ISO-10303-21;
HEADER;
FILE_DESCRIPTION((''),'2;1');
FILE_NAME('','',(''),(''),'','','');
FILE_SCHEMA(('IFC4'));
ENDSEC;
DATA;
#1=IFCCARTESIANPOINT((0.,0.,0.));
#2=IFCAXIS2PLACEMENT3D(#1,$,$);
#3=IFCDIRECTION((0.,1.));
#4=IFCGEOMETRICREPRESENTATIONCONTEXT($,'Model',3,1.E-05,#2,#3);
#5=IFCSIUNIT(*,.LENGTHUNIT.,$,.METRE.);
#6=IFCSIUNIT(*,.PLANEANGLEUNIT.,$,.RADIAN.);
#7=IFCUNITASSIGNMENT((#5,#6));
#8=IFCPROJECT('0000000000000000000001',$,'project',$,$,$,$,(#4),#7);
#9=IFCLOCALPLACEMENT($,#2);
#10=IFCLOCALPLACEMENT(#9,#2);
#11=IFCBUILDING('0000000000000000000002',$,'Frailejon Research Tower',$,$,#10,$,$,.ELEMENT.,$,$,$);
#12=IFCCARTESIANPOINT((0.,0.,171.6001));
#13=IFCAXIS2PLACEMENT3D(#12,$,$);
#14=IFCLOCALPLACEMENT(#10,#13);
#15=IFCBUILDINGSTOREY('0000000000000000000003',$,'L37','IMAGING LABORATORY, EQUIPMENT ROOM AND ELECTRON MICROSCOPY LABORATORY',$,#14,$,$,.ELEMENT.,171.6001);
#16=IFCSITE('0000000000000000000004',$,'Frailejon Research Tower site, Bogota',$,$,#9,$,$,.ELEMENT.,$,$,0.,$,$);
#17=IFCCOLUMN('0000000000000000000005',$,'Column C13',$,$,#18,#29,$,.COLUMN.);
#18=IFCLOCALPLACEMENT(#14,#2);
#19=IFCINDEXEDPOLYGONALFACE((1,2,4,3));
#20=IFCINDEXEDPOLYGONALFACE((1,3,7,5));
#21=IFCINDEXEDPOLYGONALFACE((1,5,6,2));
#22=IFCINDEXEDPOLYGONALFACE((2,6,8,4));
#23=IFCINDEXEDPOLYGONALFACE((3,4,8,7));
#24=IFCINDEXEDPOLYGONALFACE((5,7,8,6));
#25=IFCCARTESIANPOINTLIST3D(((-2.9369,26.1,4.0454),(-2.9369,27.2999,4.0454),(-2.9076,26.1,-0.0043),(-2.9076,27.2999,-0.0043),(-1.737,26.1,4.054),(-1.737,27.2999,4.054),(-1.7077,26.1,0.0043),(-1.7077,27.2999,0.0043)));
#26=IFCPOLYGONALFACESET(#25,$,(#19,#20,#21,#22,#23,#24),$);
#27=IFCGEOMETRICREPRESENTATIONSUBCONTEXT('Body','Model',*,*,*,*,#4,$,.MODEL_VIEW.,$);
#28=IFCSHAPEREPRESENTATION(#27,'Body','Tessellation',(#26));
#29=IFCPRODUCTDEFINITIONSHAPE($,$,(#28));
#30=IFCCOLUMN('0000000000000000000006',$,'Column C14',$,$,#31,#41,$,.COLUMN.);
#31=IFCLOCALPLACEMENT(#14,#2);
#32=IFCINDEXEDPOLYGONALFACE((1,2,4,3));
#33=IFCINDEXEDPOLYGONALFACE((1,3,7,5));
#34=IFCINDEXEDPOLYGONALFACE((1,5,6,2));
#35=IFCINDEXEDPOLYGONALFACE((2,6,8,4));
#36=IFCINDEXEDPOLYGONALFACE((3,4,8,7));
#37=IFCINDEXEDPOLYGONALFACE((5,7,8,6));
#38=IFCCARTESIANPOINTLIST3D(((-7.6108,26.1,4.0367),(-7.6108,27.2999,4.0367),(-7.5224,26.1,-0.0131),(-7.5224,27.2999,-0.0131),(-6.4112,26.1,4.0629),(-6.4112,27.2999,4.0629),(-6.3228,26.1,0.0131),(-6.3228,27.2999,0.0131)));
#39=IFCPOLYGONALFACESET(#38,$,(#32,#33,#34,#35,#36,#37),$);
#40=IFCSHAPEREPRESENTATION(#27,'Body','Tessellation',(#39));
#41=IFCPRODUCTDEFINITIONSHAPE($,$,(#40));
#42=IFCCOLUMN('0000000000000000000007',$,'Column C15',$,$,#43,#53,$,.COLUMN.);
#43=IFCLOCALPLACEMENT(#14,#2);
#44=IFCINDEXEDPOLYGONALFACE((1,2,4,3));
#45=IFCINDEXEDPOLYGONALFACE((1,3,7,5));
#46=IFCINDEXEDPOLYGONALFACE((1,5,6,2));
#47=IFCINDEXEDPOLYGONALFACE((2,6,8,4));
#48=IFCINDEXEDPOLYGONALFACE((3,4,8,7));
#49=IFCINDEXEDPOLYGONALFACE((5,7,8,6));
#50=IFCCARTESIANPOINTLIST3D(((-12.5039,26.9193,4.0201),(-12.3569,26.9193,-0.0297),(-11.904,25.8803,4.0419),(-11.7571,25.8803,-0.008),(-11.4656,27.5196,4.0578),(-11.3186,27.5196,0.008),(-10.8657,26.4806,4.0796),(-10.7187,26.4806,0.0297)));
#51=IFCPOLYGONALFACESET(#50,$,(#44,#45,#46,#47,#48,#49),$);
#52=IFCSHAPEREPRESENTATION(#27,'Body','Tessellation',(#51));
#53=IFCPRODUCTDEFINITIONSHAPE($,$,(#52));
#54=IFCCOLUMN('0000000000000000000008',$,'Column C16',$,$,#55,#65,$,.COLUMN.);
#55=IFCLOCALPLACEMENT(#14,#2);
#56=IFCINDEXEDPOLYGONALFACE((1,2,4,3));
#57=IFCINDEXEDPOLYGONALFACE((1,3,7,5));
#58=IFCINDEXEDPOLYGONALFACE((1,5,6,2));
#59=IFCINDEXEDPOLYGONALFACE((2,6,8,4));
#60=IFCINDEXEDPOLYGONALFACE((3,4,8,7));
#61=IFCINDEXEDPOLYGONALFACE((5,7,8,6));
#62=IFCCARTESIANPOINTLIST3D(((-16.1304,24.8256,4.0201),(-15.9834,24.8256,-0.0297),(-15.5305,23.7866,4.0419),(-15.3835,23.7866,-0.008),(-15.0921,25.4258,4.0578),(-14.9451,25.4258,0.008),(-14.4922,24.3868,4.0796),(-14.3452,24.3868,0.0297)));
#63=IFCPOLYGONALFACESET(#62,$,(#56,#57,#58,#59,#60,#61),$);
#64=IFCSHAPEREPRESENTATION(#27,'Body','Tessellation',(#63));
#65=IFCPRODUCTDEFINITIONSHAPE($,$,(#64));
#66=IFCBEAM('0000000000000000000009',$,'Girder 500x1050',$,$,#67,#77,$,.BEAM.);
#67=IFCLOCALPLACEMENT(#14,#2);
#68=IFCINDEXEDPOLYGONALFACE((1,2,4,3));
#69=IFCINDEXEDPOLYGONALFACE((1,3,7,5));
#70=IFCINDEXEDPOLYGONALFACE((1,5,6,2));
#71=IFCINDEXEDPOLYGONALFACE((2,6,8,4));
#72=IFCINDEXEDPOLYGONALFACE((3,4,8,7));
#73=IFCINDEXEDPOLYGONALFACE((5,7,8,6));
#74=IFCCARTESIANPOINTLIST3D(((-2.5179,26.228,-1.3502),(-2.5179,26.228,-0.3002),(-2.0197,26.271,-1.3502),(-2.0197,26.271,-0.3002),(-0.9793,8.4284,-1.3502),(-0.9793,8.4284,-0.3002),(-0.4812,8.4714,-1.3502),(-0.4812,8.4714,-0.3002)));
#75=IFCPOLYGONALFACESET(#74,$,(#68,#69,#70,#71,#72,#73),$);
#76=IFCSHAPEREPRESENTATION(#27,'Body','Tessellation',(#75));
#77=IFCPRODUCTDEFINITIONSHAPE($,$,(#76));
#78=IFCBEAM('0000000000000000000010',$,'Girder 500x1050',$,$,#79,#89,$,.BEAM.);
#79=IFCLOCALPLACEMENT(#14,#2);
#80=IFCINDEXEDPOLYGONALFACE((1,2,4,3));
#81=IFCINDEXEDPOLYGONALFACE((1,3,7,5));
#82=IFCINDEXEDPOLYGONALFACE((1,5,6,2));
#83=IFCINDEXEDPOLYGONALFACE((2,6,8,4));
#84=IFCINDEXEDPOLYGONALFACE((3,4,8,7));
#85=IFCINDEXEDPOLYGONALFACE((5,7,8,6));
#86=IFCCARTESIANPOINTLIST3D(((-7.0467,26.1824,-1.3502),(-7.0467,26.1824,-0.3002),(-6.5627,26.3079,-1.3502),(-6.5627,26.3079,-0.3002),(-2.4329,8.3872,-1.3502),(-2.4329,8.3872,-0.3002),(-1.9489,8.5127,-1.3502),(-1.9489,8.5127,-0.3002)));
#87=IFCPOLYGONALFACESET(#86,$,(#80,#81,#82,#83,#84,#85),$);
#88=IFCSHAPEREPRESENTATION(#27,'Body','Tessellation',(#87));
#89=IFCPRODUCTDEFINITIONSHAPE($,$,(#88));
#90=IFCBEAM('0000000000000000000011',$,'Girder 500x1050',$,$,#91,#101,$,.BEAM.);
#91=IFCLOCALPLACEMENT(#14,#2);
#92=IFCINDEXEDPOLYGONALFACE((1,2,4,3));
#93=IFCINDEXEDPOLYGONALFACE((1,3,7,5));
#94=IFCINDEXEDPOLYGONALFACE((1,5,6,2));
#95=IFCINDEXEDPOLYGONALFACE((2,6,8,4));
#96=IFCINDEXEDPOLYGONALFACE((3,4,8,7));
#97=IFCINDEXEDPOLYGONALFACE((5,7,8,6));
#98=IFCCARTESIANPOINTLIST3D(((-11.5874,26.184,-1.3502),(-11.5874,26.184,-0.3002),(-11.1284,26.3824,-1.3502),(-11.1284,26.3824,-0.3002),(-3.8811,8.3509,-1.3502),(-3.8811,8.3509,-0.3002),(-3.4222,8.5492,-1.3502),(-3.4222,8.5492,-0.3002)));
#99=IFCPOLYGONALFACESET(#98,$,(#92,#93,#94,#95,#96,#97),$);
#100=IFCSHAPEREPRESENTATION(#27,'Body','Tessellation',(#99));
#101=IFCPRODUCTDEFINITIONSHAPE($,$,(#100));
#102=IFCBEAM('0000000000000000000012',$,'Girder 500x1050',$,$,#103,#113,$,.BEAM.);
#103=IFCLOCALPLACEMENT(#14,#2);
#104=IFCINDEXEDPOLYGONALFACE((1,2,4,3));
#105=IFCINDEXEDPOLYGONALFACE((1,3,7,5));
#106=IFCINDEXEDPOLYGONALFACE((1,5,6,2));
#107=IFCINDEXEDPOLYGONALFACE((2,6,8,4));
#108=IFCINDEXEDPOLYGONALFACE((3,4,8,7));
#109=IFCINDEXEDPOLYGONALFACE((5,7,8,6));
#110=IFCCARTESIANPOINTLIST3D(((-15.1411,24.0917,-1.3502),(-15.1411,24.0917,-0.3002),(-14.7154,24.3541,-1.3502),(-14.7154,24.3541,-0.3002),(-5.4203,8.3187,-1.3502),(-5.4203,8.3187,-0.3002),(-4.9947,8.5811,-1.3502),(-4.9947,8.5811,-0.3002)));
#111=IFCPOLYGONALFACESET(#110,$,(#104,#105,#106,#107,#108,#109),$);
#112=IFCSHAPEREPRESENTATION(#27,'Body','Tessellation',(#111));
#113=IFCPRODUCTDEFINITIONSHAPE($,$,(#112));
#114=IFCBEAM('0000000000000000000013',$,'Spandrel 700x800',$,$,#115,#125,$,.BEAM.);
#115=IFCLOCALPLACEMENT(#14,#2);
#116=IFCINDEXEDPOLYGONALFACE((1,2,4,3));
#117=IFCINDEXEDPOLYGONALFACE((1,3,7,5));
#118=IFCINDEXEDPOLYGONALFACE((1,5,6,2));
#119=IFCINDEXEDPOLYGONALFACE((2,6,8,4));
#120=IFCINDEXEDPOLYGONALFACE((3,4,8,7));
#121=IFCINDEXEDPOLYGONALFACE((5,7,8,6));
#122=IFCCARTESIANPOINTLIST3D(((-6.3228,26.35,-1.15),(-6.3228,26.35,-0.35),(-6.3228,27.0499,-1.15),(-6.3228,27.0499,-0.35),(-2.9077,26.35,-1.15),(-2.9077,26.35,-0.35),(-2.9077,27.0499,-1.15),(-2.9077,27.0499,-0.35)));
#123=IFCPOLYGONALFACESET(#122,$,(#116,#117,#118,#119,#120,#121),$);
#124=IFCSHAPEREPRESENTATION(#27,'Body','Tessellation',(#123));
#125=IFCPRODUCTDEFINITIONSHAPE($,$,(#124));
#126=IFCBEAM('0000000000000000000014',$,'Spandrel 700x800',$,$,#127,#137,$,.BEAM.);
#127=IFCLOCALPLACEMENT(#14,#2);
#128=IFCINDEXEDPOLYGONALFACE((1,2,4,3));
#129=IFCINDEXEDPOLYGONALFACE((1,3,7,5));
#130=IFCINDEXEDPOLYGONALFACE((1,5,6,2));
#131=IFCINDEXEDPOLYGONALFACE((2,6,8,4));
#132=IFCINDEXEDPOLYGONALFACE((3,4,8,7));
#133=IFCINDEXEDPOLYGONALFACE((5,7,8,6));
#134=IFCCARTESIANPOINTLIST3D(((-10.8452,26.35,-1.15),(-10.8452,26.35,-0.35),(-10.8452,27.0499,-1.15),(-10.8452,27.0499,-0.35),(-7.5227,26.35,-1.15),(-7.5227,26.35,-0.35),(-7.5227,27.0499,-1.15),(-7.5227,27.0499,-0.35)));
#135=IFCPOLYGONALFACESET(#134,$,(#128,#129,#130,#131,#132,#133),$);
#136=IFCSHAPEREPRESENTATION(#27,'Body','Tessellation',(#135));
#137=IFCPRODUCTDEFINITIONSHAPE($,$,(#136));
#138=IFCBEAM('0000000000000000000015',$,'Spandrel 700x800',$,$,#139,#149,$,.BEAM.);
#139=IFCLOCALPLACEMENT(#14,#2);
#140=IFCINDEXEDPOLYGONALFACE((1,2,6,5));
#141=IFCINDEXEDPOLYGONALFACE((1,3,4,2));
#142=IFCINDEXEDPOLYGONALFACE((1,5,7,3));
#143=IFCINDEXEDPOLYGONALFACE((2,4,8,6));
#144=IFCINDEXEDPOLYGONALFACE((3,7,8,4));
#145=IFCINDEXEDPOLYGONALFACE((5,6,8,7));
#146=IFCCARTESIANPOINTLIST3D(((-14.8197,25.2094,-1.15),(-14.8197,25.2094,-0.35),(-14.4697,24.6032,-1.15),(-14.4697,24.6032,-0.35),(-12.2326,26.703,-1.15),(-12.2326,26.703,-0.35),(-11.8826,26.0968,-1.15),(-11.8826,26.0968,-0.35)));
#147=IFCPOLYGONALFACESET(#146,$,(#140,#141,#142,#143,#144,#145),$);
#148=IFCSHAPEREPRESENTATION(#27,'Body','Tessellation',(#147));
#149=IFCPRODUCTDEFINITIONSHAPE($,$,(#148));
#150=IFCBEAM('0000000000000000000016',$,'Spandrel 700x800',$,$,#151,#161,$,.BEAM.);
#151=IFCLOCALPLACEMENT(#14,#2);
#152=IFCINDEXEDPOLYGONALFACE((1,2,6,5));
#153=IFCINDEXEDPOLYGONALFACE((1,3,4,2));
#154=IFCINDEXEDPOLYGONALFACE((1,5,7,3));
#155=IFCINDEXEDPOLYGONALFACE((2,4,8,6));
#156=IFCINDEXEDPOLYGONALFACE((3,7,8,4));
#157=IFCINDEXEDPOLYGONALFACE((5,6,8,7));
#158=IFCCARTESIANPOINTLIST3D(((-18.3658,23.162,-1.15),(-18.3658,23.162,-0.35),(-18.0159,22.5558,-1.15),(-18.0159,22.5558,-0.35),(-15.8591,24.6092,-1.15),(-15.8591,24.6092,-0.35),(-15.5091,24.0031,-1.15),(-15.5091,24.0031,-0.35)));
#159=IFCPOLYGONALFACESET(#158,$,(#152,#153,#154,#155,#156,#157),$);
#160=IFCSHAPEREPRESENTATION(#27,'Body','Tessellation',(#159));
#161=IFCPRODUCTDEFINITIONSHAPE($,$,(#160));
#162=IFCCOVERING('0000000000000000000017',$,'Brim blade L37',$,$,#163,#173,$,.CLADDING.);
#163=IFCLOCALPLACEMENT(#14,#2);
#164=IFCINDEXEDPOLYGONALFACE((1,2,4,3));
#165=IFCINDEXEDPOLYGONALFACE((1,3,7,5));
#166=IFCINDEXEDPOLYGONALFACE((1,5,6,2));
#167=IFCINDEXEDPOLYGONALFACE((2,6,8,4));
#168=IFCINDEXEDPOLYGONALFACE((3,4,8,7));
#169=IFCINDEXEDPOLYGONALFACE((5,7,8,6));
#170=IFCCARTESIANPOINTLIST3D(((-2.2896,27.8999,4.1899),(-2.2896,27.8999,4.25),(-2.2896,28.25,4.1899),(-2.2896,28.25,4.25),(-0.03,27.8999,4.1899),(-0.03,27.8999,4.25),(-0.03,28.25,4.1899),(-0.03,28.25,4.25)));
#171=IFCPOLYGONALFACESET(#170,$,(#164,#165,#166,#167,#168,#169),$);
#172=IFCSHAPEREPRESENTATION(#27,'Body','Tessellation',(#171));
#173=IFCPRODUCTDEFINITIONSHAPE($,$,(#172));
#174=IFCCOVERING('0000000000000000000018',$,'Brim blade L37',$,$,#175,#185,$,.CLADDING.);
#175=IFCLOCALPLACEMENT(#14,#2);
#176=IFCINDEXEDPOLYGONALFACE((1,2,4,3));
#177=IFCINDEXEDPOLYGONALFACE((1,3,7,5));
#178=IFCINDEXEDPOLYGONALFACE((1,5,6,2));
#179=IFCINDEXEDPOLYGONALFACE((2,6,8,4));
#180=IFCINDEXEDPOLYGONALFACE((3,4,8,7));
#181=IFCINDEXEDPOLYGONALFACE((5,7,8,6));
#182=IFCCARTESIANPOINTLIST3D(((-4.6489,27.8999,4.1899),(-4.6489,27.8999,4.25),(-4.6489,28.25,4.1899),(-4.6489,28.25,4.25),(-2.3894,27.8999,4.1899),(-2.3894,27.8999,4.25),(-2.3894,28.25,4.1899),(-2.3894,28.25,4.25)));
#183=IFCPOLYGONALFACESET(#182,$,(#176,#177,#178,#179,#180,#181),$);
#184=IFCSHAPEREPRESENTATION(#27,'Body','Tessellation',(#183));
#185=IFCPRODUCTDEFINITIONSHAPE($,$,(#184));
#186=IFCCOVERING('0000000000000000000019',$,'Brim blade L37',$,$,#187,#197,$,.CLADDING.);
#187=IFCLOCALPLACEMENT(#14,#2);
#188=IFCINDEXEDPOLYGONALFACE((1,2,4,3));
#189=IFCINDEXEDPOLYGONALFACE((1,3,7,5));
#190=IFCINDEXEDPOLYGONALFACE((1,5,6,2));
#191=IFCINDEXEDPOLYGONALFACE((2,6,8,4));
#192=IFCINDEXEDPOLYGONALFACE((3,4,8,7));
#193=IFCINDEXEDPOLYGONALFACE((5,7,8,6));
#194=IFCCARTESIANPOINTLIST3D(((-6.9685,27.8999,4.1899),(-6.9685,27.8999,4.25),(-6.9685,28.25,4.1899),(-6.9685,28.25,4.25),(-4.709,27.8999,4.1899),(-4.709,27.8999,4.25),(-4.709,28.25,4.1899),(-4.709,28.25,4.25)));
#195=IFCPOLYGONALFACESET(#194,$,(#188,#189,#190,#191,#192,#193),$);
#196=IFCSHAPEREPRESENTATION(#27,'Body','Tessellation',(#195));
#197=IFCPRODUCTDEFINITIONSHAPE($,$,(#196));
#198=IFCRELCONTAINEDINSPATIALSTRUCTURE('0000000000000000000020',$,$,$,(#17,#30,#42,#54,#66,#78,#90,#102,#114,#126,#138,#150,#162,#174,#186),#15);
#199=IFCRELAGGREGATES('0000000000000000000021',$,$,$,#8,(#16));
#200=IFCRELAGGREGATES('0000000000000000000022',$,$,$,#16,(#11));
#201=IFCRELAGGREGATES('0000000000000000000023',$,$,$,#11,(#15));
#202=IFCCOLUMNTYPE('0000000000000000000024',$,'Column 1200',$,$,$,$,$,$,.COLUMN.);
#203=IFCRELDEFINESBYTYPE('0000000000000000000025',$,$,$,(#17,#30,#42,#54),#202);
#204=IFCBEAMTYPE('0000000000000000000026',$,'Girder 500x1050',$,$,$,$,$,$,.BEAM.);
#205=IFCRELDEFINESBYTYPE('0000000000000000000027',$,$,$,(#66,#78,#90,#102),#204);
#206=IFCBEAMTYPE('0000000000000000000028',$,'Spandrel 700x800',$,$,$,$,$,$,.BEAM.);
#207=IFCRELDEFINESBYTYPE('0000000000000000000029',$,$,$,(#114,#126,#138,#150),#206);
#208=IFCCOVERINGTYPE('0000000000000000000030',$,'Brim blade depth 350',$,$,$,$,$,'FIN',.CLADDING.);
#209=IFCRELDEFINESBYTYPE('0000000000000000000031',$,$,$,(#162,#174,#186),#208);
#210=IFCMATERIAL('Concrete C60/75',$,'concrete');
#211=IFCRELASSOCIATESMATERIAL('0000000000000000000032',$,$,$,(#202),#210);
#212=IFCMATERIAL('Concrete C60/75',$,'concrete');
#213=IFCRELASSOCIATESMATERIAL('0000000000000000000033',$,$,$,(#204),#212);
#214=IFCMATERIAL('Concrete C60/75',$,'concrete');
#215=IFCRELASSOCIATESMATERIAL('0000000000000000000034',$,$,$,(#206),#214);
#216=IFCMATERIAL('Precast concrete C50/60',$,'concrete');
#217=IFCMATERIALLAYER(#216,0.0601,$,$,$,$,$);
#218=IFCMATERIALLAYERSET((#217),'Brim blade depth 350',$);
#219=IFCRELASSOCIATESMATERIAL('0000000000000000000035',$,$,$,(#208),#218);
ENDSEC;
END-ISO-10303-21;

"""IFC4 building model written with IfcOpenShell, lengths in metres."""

from ifc_helpers import new_model, si_unit, direction, frame, origin, origin_2d, place, context, subcontext, project, spatial, polyline, rectangle, outline, extrude, material, layer, layer_set, material_profile, profile_set, type_object, element, save


model = new_model("IFC4")

# Units and contexts
model_context = context("Model", 3, precision=1e-05, world=origin(), true_north=direction((0.0, 1.0)))
body_context = subcontext(model_context, "Body", "Model", "MODEL_VIEW")
ifc_project = project(units=[si_unit("LENGTHUNIT", "METRE"), si_unit("PLANEANGLEUNIT", "RADIAN")], contexts=[model_context])

# Site, building, storey
site_placement = place(None, origin())
site = spatial("IfcSite", under=ifc_project, at=site_placement, Name="Frailejon Research Tower site, Bogota", CompositionType="ELEMENT", RefElevation=0.0)
building_placement = place(site_placement, origin())
building = spatial("IfcBuilding", under=site, at=building_placement, Name="Frailejon Research Tower", CompositionType="ELEMENT")
storey_placement = place(building_placement, frame((0.0, 0.0, 171.6001)))
storey = spatial("IfcBuildingStorey", under=building, at=storey_placement, Name="L37", Description="IMAGING LABORATORY, EQUIPMENT ROOM AND ELECTRON MICROSCOPY LABORATORY", CompositionType="ELEMENT", Elevation=171.6001)

# Columns
ifc_material_1 = material(Name="Concrete C60/75", Category="concrete")
ifc_material_profile_1 = material_profile(ifc_material_1, rectangle(XDim=1.2, YDim=1.2, at=origin_2d()), Name="Column 1200")
ifc_profile_set_1 = profile_set([ifc_material_profile_1], Name="Concrete C60/75")
column_type = type_object("IfcColumnType", Name="Column 1200", PredefinedType="COLUMN", material=ifc_profile_set_1)
column_1_placement = place(storey_placement, frame((-2.3076, 26.7, 0.0), z_axis=(-0.007234, 0.0, 0.999974), x_axis=(-0.999974, 0.0, -0.007234)))
element("IfcColumn", 1, at=column_1_placement, inside=storey, type_object=column_type, Name="Column C13", PredefinedType="COLUMN", context=body_context, shape_type="SweptSolid", body=[
    extrude(rectangle(XDim=1.2, YDim=1.2, at=origin_2d()), origin(), (0.0, 0.0, 1.0), 4.0498),
])
column_2_placement = place(storey_placement, frame((-6.9226, 26.7, 0.0), z_axis=(-0.021818, 0.0, 0.999762), x_axis=(-0.999762, 0.0, -0.021818)))
element("IfcColumn", 2, at=column_2_placement, inside=storey, type_object=column_type, Name="Column C14", PredefinedType="COLUMN", context=body_context, shape_type="SweptSolid", body=[
    extrude(rectangle(XDim=1.2, YDim=1.2, at=origin_2d()), origin(), (0.0, 0.0, 1.0), 4.0508),
])
for number, where, z_axis, x_axis, name in (
    (3, (-11.5378, 26.7, 0.0), (-0.036267, 0.0, 0.999342), (-0.865313, -0.500246, -0.031403), "Column C15"),
    (4, (-15.1643, 24.6062, 0.0), (-0.036267, 0.0, 0.999342), (-0.865313, -0.500246, -0.031403), "Column C16"),
):
    element("IfcColumn", number, at=place(storey_placement, frame(where, z_axis=z_axis, x_axis=x_axis)), inside=storey, type_object=column_type, Name=name, PredefinedType="COLUMN", context=body_context, shape_type="SweptSolid", body=[
        extrude(rectangle(XDim=1.2, YDim=1.2, at=origin_2d()), origin(), (0.0, 0.0, 1.0), 4.0525),
    ])

# Beams
ifc_material_2 = material(Name="Concrete C60/75", Category="concrete")
ifc_material_profile_2 = material_profile(ifc_material_2, rectangle(XDim=0.5, YDim=1.05, at=origin_2d()), Name="Girder 500x1050")
ifc_profile_set_2 = profile_set([ifc_material_profile_2], Name="Concrete C60/75")
beam_type_1 = type_object("IfcBeamType", Name="Girder 500x1050", PredefinedType="BEAM", material=ifc_profile_set_2)
beam_1_placement = place(storey_placement, frame((-2.2688, 26.2495, -0.8252), z_axis=(0.086118, -0.996285, 0.0), x_axis=(0.996285, 0.086118, 0.0)))
element("IfcBeam", 5, at=beam_1_placement, inside=storey, type_object=beam_type_1, Name="Girder 500x1050", PredefinedType="BEAM", context=body_context, shape_type="SweptSolid", body=[
    extrude(rectangle(XDim=0.5, YDim=1.05, at=origin_2d()), origin(), (0.0, 0.0, 1.0), 17.866),
])
beam_2_placement = place(storey_placement, frame((-6.8047, 26.2451, -0.8252), z_axis=(0.250973, -0.967994, 0.0), x_axis=(0.967994, 0.250973, 0.0)))
element("IfcBeam", 6, at=beam_2_placement, inside=storey, type_object=beam_type_1, Name="Girder 500x1050", PredefinedType="BEAM", context=body_context, shape_type="SweptSolid", body=[
    extrude(rectangle(XDim=0.5, YDim=1.05, at=origin_2d()), origin(), (0.0, 0.0, 1.0), 18.3835),
])
beam_3_placement = place(storey_placement, frame((-11.3579, 26.2832, -0.8252), z_axis=(0.396678, -0.917958, 0.0), x_axis=(0.917958, 0.396678, 0.0)))
element("IfcBeam", 7, at=beam_3_placement, inside=storey, type_object=beam_type_1, Name="Girder 500x1050", PredefinedType="BEAM", context=body_context, shape_type="SweptSolid", body=[
    extrude(rectangle(XDim=0.5, YDim=1.05, at=origin_2d()), origin(), (0.0, 0.0, 1.0), 19.427),
])
beam_4_placement = place(storey_placement, frame((-14.9282, 24.2229, -0.8252), z_axis=(0.524656, -0.851314, 0.0), x_axis=(0.851314, 0.524656, 0.0)))
element("IfcBeam", 8, at=beam_4_placement, inside=storey, type_object=beam_type_1, Name="Girder 500x1050", PredefinedType="BEAM", context=body_context, shape_type="SweptSolid", body=[
    extrude(rectangle(XDim=0.5, YDim=1.05, at=origin_2d()), origin(), (0.0, 0.0, 1.0), 18.5278),
])
ifc_material_3 = material(Name="Concrete C60/75", Category="concrete")
ifc_material_profile_3 = material_profile(ifc_material_3, rectangle(XDim=0.7, YDim=0.8, at=origin_2d()), Name="Spandrel 700x800")
ifc_profile_set_3 = profile_set([ifc_material_profile_3], Name="Concrete C60/75")
beam_type_2 = type_object("IfcBeamType", Name="Spandrel 700x800", PredefinedType="BEAM", material=ifc_profile_set_3)
beam_5_placement = place(storey_placement, frame((-2.9077, 26.7, -0.75), z_axis=(-1.0, 0.0, 0.0), x_axis=(0.0, -1.0, 0.0)))
element("IfcBeam", 9, at=beam_5_placement, inside=storey, type_object=beam_type_2, Name="Spandrel 700x800", PredefinedType="BEAM", context=body_context, shape_type="SweptSolid", body=[
    extrude(rectangle(XDim=0.7, YDim=0.8, at=origin_2d()), origin(), (0.0, 0.0, 1.0), 3.415),
])
beam_6_placement = place(storey_placement, frame((-7.5227, 26.7, -0.75), z_axis=(-1.0, 0.0, 0.0), x_axis=(0.0, -1.0, 0.0)))
element("IfcBeam", 10, at=beam_6_placement, inside=storey, type_object=beam_type_2, Name="Spandrel 700x800", PredefinedType="BEAM", context=body_context, shape_type="SweptSolid", body=[
    extrude(rectangle(XDim=0.7, YDim=0.8, at=origin_2d()), origin(), (0.0, 0.0, 1.0), 3.3225),
])
beam_7_placement = place(storey_placement, frame((-12.0576, 26.3999, -0.75), z_axis=(-0.866032, -0.499989, 0.0), x_axis=(0.499989, -0.866032, 0.0)))
element("IfcBeam", 11, at=beam_7_placement, inside=storey, type_object=beam_type_2, Name="Spandrel 700x800", PredefinedType="BEAM", context=body_context, shape_type="SweptSolid", body=[
    extrude(rectangle(XDim=0.7, YDim=0.8, at=origin_2d()), origin(), (0.0, 0.0, 1.0), 2.9873),
])
beam_8_placement = place(storey_placement, frame((-15.6841, 24.3062, -0.75), z_axis=(-0.866034, -0.499985, 0.0), x_axis=(0.499985, -0.866034, 0.0)))
element("IfcBeam", 12, at=beam_8_placement, inside=storey, type_object=beam_type_2, Name="Spandrel 700x800", PredefinedType="BEAM", context=body_context, shape_type="SweptSolid", body=[
    extrude(rectangle(XDim=0.7, YDim=0.8, at=origin_2d()), origin(), (0.0, 0.0, 1.0), 2.8945),
])

# Coverings
ifc_material_4 = material(Name="Precast concrete C50/60", Category="concrete")
ifc_layer_1 = layer(ifc_material_4, 0.0601)
ifc_layer_set_1 = layer_set([ifc_layer_1], Name="Brim blade depth 350")
covering_type_1 = type_object("IfcCoveringType", Name="Brim blade depth 350", ElementType="FIN", PredefinedType="CLADDING", material=ifc_layer_set_1)
for number, where, z_axis, x_axis, name in (
    (13, (-2.2896, 27.8999, 4.25), (1.0, 0.0, 0.0), (0.0, 1.0, 0.0), "Brim blade L37"),
    (14, (-4.6489, 27.8999, 4.25), (1.0, 0.0, 0.0), (0.0, 1.0, 0.0), "Brim blade L37"),
    (15, (-6.9685, 27.8999, 4.25), (1.0, 0.0, 0.0), (0.0, 1.0, 0.0), "Brim blade L37"),
):
    element("IfcCovering", number, at=place(storey_placement, frame(where, z_axis=z_axis, x_axis=x_axis)), inside=storey, type_object=covering_type_1, Name=name, PredefinedType="CLADDING", context=body_context, shape_type="SweptSolid", body=[
        extrude(outline(polyline([(0.0, -0.0601), (0.3501, -0.0601), (0.3501, 0.0), (0.0, 0.0), (0.0, -0.0601)])), origin(), (0.0, 0.0, 1.0), 2.2595),
    ])

save(model, "model.ifc")
